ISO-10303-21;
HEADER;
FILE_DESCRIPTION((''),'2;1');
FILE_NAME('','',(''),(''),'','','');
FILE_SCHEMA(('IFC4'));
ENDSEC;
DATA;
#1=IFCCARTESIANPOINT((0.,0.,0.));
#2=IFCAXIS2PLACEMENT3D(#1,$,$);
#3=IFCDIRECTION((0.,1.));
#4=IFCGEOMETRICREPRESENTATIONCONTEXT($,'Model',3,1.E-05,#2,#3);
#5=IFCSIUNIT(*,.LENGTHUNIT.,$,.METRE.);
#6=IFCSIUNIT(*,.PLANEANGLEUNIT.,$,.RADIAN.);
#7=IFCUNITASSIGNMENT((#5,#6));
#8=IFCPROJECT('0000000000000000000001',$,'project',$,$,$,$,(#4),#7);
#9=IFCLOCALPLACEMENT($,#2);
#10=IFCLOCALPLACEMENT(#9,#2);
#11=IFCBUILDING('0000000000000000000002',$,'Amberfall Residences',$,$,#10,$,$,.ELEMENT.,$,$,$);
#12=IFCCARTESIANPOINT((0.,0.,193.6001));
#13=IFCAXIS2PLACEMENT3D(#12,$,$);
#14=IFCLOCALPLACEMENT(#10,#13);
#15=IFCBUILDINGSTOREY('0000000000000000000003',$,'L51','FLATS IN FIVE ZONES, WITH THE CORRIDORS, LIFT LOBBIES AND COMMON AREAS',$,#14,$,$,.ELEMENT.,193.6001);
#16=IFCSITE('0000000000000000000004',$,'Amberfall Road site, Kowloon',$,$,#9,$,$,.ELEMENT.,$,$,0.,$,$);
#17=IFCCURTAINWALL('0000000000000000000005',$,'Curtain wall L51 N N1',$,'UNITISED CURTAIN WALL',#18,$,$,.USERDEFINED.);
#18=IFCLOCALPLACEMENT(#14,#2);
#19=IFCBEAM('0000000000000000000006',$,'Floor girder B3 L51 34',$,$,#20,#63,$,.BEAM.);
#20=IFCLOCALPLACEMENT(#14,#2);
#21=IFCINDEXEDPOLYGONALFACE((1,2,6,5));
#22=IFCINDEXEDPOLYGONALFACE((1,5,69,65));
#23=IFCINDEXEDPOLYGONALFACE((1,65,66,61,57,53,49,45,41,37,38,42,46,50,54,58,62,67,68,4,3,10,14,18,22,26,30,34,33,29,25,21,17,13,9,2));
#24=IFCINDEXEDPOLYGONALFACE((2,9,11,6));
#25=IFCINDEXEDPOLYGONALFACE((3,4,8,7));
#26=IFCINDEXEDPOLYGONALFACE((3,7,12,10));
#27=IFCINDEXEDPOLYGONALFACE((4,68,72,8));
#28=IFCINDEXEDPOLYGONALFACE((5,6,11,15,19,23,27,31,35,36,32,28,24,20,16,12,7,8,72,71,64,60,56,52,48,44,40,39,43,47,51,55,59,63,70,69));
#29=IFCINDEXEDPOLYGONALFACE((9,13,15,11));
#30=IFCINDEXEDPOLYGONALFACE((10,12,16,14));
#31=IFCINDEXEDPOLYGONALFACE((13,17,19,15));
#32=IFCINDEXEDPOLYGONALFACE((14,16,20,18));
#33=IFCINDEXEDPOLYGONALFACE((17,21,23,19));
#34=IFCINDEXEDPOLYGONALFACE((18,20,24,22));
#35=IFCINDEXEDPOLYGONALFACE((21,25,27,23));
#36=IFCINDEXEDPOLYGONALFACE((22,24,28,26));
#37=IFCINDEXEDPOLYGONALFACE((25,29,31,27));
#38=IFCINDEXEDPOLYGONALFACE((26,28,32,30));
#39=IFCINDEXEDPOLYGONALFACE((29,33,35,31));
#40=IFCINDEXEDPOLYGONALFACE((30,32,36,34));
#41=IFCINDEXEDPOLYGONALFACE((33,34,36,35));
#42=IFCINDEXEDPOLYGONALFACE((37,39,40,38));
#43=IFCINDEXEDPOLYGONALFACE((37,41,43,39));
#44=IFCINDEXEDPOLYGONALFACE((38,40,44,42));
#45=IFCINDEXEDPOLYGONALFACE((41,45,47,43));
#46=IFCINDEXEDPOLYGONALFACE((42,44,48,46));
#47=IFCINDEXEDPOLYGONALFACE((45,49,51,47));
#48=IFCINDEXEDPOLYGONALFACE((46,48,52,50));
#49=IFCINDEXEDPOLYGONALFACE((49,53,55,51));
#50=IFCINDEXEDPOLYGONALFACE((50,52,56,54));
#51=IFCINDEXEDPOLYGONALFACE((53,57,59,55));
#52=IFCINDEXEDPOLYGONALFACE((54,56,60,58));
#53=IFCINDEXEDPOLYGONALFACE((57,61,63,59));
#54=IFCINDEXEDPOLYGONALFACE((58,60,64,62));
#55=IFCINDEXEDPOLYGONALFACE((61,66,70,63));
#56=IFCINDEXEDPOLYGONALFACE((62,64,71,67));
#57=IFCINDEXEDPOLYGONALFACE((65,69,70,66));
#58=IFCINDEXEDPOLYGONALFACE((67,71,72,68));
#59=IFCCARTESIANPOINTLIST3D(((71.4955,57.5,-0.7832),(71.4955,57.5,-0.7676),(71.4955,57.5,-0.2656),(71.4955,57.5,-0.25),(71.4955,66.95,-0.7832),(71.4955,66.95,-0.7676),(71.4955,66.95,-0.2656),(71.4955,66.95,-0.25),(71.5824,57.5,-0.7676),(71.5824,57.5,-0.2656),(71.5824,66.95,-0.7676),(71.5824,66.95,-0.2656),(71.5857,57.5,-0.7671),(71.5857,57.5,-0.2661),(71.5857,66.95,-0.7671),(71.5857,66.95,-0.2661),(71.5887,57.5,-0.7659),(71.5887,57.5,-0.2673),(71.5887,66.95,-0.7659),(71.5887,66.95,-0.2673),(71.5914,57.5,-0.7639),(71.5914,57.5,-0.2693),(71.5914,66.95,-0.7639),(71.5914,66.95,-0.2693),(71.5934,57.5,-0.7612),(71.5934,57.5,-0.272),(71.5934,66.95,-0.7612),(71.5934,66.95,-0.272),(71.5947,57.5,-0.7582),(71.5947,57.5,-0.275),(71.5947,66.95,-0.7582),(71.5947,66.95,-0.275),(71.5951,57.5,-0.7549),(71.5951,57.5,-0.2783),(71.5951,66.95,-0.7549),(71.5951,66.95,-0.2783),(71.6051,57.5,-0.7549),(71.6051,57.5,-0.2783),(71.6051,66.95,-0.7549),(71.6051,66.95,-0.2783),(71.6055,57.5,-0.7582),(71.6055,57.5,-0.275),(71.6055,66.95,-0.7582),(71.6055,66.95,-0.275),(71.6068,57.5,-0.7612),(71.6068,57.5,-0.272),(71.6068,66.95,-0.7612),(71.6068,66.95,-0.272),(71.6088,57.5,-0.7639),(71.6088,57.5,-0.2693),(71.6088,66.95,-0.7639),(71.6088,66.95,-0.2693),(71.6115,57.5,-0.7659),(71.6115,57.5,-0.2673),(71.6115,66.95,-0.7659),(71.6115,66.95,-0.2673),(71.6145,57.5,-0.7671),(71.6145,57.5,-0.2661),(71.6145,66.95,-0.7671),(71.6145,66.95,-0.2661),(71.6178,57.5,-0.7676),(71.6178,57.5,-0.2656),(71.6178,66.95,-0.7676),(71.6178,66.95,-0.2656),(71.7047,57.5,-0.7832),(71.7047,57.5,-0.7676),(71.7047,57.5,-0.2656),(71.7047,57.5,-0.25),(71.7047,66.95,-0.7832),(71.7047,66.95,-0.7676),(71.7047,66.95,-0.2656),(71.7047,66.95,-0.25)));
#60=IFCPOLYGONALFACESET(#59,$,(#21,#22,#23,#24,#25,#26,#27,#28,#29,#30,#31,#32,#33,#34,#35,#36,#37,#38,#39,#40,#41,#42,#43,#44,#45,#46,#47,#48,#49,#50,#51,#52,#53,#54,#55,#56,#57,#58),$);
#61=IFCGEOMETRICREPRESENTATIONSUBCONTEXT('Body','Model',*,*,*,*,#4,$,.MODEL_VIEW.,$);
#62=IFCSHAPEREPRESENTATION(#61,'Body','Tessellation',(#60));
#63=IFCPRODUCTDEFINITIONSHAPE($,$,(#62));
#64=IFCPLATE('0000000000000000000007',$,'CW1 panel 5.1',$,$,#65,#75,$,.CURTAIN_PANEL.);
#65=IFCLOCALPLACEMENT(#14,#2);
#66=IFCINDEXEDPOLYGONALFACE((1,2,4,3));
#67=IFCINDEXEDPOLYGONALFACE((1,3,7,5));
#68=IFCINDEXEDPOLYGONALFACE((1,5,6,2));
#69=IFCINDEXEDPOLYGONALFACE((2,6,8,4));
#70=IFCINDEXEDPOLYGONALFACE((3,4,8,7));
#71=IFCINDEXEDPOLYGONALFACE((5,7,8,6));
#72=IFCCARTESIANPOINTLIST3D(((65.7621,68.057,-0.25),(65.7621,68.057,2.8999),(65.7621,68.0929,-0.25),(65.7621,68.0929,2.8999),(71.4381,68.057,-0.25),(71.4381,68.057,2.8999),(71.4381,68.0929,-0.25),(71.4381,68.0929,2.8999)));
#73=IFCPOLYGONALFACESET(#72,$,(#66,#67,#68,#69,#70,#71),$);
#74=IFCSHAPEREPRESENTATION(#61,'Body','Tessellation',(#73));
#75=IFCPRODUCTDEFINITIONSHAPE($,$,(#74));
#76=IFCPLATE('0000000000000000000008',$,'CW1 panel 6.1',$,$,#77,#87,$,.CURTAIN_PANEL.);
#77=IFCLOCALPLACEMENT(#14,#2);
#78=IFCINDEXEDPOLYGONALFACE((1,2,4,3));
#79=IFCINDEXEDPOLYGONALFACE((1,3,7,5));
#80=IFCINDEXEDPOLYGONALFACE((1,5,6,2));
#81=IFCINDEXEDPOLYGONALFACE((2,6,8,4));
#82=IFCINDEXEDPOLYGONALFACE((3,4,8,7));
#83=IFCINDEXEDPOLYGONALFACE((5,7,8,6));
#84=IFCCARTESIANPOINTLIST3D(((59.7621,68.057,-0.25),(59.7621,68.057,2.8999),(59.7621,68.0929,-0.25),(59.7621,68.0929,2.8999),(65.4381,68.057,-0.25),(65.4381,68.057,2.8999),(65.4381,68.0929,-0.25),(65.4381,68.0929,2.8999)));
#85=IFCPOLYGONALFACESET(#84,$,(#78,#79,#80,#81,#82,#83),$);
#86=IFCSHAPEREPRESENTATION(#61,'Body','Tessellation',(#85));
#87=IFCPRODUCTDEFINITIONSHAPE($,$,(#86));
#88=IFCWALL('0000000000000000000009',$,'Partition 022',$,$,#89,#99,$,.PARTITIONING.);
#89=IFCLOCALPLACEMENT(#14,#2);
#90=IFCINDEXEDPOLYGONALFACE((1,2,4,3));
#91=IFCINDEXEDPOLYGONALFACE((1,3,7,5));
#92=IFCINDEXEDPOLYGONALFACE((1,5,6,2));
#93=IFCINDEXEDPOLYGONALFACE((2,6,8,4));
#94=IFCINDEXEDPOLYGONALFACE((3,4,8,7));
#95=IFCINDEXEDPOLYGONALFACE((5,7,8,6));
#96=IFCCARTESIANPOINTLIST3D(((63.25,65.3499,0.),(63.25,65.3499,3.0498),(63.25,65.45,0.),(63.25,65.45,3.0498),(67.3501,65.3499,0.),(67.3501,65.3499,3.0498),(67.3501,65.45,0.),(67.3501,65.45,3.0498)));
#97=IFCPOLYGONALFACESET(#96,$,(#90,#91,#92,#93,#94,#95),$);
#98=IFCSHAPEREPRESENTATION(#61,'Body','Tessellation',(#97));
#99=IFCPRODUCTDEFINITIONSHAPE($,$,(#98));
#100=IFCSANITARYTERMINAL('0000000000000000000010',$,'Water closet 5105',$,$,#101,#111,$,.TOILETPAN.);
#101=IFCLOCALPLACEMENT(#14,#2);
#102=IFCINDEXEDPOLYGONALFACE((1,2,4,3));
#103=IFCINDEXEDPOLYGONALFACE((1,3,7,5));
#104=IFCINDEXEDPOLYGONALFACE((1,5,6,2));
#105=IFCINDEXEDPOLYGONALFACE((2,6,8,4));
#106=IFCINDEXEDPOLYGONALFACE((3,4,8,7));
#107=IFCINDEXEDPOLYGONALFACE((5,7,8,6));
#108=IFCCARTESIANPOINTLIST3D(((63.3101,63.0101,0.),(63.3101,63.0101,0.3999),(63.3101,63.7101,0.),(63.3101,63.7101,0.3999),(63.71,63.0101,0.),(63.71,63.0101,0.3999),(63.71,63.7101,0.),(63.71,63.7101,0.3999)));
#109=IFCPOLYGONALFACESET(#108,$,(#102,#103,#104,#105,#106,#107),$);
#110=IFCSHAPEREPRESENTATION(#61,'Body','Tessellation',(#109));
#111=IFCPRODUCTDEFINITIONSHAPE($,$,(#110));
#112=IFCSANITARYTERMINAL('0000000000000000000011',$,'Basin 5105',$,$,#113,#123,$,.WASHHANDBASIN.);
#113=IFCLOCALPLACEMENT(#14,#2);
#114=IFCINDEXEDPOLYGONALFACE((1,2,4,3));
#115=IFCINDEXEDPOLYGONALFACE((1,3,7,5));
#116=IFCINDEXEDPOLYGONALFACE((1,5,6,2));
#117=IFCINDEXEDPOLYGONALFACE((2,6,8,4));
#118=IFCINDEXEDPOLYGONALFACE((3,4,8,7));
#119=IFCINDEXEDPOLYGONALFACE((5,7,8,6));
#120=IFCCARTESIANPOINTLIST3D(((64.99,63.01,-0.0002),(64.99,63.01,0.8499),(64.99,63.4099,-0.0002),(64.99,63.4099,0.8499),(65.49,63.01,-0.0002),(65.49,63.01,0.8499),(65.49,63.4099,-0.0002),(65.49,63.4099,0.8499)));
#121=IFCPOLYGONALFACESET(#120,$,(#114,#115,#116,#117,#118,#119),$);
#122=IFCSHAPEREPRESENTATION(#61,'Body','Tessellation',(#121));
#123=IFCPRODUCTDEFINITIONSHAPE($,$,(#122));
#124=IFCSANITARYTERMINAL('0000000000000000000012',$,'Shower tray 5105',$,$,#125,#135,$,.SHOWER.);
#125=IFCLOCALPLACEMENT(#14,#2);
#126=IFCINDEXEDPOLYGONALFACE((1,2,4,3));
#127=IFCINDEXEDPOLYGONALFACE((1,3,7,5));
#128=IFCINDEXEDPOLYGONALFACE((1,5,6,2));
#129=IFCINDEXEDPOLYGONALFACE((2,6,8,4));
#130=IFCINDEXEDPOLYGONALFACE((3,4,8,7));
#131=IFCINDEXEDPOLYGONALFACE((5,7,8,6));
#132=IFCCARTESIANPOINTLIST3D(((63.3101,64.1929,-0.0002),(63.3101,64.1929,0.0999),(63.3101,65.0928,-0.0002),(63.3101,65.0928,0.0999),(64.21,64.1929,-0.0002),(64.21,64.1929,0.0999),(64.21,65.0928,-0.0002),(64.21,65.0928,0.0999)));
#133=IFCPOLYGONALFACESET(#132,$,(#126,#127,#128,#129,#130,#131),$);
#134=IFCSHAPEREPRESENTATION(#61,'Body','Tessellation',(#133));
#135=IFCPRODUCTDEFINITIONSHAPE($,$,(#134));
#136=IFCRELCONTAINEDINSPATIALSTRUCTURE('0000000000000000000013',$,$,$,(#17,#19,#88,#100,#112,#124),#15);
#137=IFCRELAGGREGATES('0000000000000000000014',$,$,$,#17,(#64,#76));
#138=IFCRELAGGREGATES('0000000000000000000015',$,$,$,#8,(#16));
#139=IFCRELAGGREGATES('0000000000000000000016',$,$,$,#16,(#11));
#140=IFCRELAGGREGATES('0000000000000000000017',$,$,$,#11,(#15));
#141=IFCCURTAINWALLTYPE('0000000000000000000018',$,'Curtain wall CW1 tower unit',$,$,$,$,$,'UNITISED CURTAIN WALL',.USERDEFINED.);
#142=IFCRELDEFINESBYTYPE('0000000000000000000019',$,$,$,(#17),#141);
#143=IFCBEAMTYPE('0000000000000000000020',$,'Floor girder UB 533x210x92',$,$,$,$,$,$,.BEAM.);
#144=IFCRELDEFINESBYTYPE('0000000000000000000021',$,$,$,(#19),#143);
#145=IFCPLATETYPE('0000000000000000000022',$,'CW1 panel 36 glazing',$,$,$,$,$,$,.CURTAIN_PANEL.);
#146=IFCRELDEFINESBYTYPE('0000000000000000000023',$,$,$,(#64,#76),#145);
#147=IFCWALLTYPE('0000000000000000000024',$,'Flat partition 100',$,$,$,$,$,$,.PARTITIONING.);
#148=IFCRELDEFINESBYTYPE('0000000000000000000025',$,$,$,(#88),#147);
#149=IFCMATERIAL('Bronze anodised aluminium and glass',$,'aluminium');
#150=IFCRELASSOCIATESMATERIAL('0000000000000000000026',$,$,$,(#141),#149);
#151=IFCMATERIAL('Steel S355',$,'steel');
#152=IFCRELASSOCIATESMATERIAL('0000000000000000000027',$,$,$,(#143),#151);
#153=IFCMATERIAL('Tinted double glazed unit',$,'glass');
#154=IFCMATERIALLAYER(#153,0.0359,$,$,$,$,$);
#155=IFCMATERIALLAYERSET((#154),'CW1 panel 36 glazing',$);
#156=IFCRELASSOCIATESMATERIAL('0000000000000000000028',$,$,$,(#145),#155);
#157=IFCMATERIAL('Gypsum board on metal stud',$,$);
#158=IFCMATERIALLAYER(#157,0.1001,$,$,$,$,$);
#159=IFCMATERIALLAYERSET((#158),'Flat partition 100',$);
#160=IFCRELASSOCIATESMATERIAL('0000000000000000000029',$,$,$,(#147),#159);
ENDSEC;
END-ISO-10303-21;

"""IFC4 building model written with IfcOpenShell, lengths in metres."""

from ifc_helpers import new_model, si_unit, direction, frame, frame_2d, origin, origin_2d, place, context, subcontext, project, spatial, rectangle, i_section, extrude, material, layer, layer_set, material_profile, profile_set, type_object, element, aggregate, save


model = new_model("IFC4")

# Units and contexts
model_context = context("Model", 3, precision=1e-05, world=origin(), true_north=direction((0.0, 1.0)))
body_context = subcontext(model_context, "Body", "Model", "MODEL_VIEW")
ifc_project = project(units=[si_unit("LENGTHUNIT", "METRE"), si_unit("PLANEANGLEUNIT", "RADIAN")], contexts=[model_context])

# Site, building, storey
site_placement = place(None, origin())
site = spatial("IfcSite", under=ifc_project, at=site_placement, Name="Amberfall Road site, Kowloon", CompositionType="ELEMENT", RefElevation=0.0)
building_placement = place(site_placement, origin())
building = spatial("IfcBuilding", under=site, at=building_placement, Name="Amberfall Residences", CompositionType="ELEMENT")
storey_placement = place(building_placement, frame((0.0, 0.0, 193.6001)))
storey = spatial("IfcBuildingStorey", under=building, at=storey_placement, Name="L51", Description="FLATS IN FIVE ZONES, WITH THE CORRIDORS, LIFT LOBBIES AND COMMON AREAS", CompositionType="ELEMENT", Elevation=193.6001)

# Curtain wall
ifc_material_1 = material(Name="Bronze anodised aluminium and glass", Category="aluminium")
curtain_wall_type = type_object("IfcCurtainWallType", Name="Curtain wall CW1 tower unit", ElementType="UNITISED CURTAIN WALL", PredefinedType="USERDEFINED", material=ifc_material_1)
curtain_wall_placement = place(storey_placement, origin())
curtain_wall = element("IfcCurtainWall", 1, at=curtain_wall_placement, inside=storey, type_object=curtain_wall_type, Name="Curtain wall L51 N N1", ObjectType="UNITISED CURTAIN WALL", PredefinedType="USERDEFINED")

# Shared definitions
ifc_material_2 = material(Name="Steel S355", Category="steel")

# Beam
ifc_material_profile_1 = material_profile(ifc_material_2, i_section(OverallWidth=0.2092, OverallDepth=0.5332, WebThickness=0.01, FlangeThickness=0.0156, FilletRadius=0.0127, at=origin_2d()), Name="UB 533x210x92")
ifc_profile_set_1 = profile_set([ifc_material_profile_1], Name="Steel S355")
beam_type_1 = type_object("IfcBeamType", Name="Floor girder UB 533x210x92", PredefinedType="BEAM", material=ifc_profile_set_1)
for number, where, z_axis, x_axis, name in (
    (2, (71.6001, 66.95, -0.5166), (0.0, -1.0, 0.0), (1.0, 0.0, 0.0), "Floor girder B3 L51 34"),
):
    element("IfcBeam", number, at=place(storey_placement, frame(where, z_axis=z_axis, x_axis=x_axis)), inside=storey, type_object=beam_type_1, Name=name, PredefinedType="BEAM", context=body_context, shape_type="SweptSolid", body=[
        extrude(i_section(OverallWidth=0.2092, OverallDepth=0.5332, WebThickness=0.01, FlangeThickness=0.0156, FilletRadius=0.0127, at=origin_2d()), origin(), (0.0, 0.0, 1.0), 9.45),
    ])

# Plates
ifc_material_3 = material(Name="Tinted double glazed unit", Category="glass")
ifc_layer_1 = layer(ifc_material_3, 0.0359)
ifc_layer_set_1 = layer_set([ifc_layer_1], Name="CW1 panel 36 glazing")
plate_type = type_object("IfcPlateType", Name="CW1 panel 36 glazing", PredefinedType="CURTAIN_PANEL", material=ifc_layer_set_1)
plate_1_placement = place(storey_placement, frame((68.6001, 68.075, -0.25), z_axis=(0.0, 0.0, 1.0), x_axis=(-1.0, 0.0, 0.0)))
plate_1 = element("IfcPlate", 3, at=plate_1_placement, type_object=plate_type, Name="CW1 panel 5.1", PredefinedType="CURTAIN_PANEL", context=body_context, shape_type="SweptSolid", body=[
    extrude(rectangle(XDim=5.676, YDim=0.0359, at=origin_2d()), origin(), (0.0, 0.0, 1.0), 3.1499),
])
plate_2_placement = place(storey_placement, frame((62.6001, 68.075, -0.25), z_axis=(0.0, 0.0, 1.0), x_axis=(-1.0, 0.0, 0.0)))
plate_2 = element("IfcPlate", 4, at=plate_2_placement, type_object=plate_type, Name="CW1 panel 6.1", PredefinedType="CURTAIN_PANEL", context=body_context, shape_type="SweptSolid", body=[
    extrude(rectangle(XDim=5.676, YDim=0.0359, at=origin_2d()), origin(), (0.0, 0.0, 1.0), 3.1499),
])
aggregate(curtain_wall, [plate_1, plate_2])

# Wall
ifc_material_4 = material(Name="Gypsum board on metal stud")
ifc_layer_2 = layer(ifc_material_4, 0.1001)
ifc_layer_set_2 = layer_set([ifc_layer_2], Name="Flat partition 100")
wall_type = type_object("IfcWallType", Name="Flat partition 100", PredefinedType="PARTITIONING", material=ifc_layer_set_2)
wall_placement = place(storey_placement, frame((63.25, 65.3999, 0.0), z_axis=(0.0, 0.0, 1.0), x_axis=(1.0, 0.0, 0.0)))
element("IfcWall", 5, at=wall_placement, inside=storey, type_object=wall_type, Name="Partition 022", PredefinedType="PARTITIONING", context=body_context, shape_type="SweptSolid", body=[
    extrude(rectangle(XDim=4.1001, YDim=0.1001, at=frame_2d((2.05, 0.0))), origin(), (0.0, 0.0, 1.0), 3.0498),
])

# Sanitary terminals
sanitary_terminal_1_placement = place(storey_placement, frame((63.51, 63.3601, 0.0), z_axis=(0.0, 0.0, 1.0), x_axis=(1.0, 0.0, 0.0)))
element("IfcSanitaryTerminal", 6, at=sanitary_terminal_1_placement, inside=storey, Name="Water closet 5105", PredefinedType="TOILETPAN", context=body_context, shape_type="SweptSolid", body=[
    extrude(rectangle(XDim=0.3999, YDim=0.7, at=origin_2d()), origin(), (0.0, 0.0, 1.0), 0.3999),
])
sanitary_terminal_2_placement = place(storey_placement, frame((65.24, 63.21, -0.0002), z_axis=(0.0, 0.0, 1.0), x_axis=(1.0, 0.0, 0.0)))
element("IfcSanitaryTerminal", 7, at=sanitary_terminal_2_placement, inside=storey, Name="Basin 5105", PredefinedType="WASHHANDBASIN", context=body_context, shape_type="SweptSolid", body=[
    extrude(rectangle(XDim=0.5, YDim=0.3999, at=origin_2d()), origin(), (0.0, 0.0, 1.0), 0.8501),
])
sanitary_terminal_3_placement = place(storey_placement, frame((63.76, 64.6428, -0.0002), z_axis=(0.0, 0.0, 1.0), x_axis=(1.0, 0.0, 0.0)))
element("IfcSanitaryTerminal", 8, at=sanitary_terminal_3_placement, inside=storey, Name="Shower tray 5105", PredefinedType="SHOWER", context=body_context, shape_type="SweptSolid", body=[
    extrude(rectangle(XDim=0.8999, YDim=0.8999, at=origin_2d()), origin(), (0.0, 0.0, 1.0), 0.1001),
])

save(model, "model.ifc")
